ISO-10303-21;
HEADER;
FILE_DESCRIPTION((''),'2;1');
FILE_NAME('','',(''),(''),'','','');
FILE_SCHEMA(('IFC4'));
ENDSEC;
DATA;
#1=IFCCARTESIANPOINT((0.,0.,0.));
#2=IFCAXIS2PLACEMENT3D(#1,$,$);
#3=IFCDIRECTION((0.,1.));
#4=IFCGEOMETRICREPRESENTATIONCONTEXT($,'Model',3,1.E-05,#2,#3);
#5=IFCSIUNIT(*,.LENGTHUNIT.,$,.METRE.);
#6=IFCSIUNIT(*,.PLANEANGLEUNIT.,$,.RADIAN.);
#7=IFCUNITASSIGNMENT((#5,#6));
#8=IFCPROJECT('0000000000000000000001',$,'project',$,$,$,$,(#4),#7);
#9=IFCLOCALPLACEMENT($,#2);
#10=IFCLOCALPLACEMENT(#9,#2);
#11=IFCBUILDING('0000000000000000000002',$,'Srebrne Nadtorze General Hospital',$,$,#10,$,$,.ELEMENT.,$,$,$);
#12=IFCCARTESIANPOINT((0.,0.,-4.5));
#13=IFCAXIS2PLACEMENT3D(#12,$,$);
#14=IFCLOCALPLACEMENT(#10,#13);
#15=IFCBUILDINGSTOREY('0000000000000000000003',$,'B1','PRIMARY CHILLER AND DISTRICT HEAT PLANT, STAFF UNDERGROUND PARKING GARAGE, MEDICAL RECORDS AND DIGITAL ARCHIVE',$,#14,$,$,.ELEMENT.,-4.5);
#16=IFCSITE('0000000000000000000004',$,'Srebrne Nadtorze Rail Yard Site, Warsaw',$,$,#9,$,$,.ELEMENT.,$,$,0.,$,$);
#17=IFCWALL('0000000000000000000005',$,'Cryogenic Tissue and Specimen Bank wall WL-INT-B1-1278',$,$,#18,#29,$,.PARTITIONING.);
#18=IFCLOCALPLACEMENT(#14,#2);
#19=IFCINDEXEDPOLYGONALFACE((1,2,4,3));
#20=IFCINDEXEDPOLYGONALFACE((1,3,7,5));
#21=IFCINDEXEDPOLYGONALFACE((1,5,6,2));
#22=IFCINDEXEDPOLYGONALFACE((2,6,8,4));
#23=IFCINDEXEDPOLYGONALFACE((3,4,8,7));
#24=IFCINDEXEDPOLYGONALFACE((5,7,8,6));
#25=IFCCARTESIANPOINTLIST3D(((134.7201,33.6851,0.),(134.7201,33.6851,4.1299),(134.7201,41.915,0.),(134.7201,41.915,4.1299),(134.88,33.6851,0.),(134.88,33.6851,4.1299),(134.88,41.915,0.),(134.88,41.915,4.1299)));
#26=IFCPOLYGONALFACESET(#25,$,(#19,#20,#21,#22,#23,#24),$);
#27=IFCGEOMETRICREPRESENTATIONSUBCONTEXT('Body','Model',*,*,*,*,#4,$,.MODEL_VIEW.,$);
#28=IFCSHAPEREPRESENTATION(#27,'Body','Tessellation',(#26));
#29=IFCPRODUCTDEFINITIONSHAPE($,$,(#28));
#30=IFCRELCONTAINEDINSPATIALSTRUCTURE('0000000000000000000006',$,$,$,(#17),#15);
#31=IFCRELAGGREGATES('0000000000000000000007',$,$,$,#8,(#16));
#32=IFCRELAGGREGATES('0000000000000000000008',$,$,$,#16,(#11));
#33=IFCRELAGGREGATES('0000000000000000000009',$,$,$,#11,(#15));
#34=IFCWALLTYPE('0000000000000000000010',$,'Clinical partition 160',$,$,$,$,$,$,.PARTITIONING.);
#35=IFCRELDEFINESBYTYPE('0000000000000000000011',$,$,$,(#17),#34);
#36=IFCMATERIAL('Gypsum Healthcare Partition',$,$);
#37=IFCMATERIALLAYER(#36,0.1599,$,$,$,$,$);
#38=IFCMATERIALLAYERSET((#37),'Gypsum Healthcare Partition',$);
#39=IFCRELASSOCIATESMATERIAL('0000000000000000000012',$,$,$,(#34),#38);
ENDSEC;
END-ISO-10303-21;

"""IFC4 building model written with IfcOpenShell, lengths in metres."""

from ifc_helpers import new_model, si_unit, direction, frame, frame_2d, origin, place, context, subcontext, project, spatial, rectangle, extrude, material, layer, layer_set, type_object, element, save


model = new_model("IFC4")

# Units and contexts
model_context = context("Model", 3, precision=1e-05, world=origin(), true_north=direction((0.0, 1.0)))
body_context = subcontext(model_context, "Body", "Model", "MODEL_VIEW")
ifc_project = project(units=[si_unit("LENGTHUNIT", "METRE"), si_unit("PLANEANGLEUNIT", "RADIAN")], contexts=[model_context])

# Site, building, storey
site_placement = place(None, origin())
site = spatial("IfcSite", under=ifc_project, at=site_placement, Name="Srebrne Nadtorze Rail Yard Site, Warsaw", CompositionType="ELEMENT", RefElevation=0.0)
building_placement = place(site_placement, origin())
building = spatial("IfcBuilding", under=site, at=building_placement, Name="Srebrne Nadtorze General Hospital", CompositionType="ELEMENT")
storey_placement = place(building_placement, frame((0.0, 0.0, -4.5)))
storey = spatial("IfcBuildingStorey", under=building, at=storey_placement, Name="B1", Description="PRIMARY CHILLER AND DISTRICT HEAT PLANT, STAFF UNDERGROUND PARKING GARAGE, MEDICAL RECORDS AND DIGITAL ARCHIVE", CompositionType="ELEMENT", Elevation=-4.5)

# Wall
ifc_material_1 = material(Name="Gypsum Healthcare Partition")
ifc_layer_1 = layer(ifc_material_1, 0.1599)
ifc_layer_set_1 = layer_set([ifc_layer_1], Name="Gypsum Healthcare Partition")
wall_type = type_object("IfcWallType", Name="Clinical partition 160", PredefinedType="PARTITIONING", material=ifc_layer_set_1)
wall_placement = place(storey_placement, frame((134.8, 33.6851, 0.0), z_axis=(0.0, 0.0, 1.0), x_axis=(0.0, 1.0, 0.0)))
element("IfcWall", 1, at=wall_placement, inside=storey, type_object=wall_type, Name="Cryogenic Tissue and Specimen Bank wall WL-INT-B1-1278", PredefinedType="PARTITIONING", context=body_context, shape_type="SweptSolid", body=[
    extrude(rectangle(XDim=8.23, YDim=0.1599, at=frame_2d((4.115, 0.0))), origin(), (0.0, 0.0, 1.0), 4.1299),
])

save(model, "model.ifc")
